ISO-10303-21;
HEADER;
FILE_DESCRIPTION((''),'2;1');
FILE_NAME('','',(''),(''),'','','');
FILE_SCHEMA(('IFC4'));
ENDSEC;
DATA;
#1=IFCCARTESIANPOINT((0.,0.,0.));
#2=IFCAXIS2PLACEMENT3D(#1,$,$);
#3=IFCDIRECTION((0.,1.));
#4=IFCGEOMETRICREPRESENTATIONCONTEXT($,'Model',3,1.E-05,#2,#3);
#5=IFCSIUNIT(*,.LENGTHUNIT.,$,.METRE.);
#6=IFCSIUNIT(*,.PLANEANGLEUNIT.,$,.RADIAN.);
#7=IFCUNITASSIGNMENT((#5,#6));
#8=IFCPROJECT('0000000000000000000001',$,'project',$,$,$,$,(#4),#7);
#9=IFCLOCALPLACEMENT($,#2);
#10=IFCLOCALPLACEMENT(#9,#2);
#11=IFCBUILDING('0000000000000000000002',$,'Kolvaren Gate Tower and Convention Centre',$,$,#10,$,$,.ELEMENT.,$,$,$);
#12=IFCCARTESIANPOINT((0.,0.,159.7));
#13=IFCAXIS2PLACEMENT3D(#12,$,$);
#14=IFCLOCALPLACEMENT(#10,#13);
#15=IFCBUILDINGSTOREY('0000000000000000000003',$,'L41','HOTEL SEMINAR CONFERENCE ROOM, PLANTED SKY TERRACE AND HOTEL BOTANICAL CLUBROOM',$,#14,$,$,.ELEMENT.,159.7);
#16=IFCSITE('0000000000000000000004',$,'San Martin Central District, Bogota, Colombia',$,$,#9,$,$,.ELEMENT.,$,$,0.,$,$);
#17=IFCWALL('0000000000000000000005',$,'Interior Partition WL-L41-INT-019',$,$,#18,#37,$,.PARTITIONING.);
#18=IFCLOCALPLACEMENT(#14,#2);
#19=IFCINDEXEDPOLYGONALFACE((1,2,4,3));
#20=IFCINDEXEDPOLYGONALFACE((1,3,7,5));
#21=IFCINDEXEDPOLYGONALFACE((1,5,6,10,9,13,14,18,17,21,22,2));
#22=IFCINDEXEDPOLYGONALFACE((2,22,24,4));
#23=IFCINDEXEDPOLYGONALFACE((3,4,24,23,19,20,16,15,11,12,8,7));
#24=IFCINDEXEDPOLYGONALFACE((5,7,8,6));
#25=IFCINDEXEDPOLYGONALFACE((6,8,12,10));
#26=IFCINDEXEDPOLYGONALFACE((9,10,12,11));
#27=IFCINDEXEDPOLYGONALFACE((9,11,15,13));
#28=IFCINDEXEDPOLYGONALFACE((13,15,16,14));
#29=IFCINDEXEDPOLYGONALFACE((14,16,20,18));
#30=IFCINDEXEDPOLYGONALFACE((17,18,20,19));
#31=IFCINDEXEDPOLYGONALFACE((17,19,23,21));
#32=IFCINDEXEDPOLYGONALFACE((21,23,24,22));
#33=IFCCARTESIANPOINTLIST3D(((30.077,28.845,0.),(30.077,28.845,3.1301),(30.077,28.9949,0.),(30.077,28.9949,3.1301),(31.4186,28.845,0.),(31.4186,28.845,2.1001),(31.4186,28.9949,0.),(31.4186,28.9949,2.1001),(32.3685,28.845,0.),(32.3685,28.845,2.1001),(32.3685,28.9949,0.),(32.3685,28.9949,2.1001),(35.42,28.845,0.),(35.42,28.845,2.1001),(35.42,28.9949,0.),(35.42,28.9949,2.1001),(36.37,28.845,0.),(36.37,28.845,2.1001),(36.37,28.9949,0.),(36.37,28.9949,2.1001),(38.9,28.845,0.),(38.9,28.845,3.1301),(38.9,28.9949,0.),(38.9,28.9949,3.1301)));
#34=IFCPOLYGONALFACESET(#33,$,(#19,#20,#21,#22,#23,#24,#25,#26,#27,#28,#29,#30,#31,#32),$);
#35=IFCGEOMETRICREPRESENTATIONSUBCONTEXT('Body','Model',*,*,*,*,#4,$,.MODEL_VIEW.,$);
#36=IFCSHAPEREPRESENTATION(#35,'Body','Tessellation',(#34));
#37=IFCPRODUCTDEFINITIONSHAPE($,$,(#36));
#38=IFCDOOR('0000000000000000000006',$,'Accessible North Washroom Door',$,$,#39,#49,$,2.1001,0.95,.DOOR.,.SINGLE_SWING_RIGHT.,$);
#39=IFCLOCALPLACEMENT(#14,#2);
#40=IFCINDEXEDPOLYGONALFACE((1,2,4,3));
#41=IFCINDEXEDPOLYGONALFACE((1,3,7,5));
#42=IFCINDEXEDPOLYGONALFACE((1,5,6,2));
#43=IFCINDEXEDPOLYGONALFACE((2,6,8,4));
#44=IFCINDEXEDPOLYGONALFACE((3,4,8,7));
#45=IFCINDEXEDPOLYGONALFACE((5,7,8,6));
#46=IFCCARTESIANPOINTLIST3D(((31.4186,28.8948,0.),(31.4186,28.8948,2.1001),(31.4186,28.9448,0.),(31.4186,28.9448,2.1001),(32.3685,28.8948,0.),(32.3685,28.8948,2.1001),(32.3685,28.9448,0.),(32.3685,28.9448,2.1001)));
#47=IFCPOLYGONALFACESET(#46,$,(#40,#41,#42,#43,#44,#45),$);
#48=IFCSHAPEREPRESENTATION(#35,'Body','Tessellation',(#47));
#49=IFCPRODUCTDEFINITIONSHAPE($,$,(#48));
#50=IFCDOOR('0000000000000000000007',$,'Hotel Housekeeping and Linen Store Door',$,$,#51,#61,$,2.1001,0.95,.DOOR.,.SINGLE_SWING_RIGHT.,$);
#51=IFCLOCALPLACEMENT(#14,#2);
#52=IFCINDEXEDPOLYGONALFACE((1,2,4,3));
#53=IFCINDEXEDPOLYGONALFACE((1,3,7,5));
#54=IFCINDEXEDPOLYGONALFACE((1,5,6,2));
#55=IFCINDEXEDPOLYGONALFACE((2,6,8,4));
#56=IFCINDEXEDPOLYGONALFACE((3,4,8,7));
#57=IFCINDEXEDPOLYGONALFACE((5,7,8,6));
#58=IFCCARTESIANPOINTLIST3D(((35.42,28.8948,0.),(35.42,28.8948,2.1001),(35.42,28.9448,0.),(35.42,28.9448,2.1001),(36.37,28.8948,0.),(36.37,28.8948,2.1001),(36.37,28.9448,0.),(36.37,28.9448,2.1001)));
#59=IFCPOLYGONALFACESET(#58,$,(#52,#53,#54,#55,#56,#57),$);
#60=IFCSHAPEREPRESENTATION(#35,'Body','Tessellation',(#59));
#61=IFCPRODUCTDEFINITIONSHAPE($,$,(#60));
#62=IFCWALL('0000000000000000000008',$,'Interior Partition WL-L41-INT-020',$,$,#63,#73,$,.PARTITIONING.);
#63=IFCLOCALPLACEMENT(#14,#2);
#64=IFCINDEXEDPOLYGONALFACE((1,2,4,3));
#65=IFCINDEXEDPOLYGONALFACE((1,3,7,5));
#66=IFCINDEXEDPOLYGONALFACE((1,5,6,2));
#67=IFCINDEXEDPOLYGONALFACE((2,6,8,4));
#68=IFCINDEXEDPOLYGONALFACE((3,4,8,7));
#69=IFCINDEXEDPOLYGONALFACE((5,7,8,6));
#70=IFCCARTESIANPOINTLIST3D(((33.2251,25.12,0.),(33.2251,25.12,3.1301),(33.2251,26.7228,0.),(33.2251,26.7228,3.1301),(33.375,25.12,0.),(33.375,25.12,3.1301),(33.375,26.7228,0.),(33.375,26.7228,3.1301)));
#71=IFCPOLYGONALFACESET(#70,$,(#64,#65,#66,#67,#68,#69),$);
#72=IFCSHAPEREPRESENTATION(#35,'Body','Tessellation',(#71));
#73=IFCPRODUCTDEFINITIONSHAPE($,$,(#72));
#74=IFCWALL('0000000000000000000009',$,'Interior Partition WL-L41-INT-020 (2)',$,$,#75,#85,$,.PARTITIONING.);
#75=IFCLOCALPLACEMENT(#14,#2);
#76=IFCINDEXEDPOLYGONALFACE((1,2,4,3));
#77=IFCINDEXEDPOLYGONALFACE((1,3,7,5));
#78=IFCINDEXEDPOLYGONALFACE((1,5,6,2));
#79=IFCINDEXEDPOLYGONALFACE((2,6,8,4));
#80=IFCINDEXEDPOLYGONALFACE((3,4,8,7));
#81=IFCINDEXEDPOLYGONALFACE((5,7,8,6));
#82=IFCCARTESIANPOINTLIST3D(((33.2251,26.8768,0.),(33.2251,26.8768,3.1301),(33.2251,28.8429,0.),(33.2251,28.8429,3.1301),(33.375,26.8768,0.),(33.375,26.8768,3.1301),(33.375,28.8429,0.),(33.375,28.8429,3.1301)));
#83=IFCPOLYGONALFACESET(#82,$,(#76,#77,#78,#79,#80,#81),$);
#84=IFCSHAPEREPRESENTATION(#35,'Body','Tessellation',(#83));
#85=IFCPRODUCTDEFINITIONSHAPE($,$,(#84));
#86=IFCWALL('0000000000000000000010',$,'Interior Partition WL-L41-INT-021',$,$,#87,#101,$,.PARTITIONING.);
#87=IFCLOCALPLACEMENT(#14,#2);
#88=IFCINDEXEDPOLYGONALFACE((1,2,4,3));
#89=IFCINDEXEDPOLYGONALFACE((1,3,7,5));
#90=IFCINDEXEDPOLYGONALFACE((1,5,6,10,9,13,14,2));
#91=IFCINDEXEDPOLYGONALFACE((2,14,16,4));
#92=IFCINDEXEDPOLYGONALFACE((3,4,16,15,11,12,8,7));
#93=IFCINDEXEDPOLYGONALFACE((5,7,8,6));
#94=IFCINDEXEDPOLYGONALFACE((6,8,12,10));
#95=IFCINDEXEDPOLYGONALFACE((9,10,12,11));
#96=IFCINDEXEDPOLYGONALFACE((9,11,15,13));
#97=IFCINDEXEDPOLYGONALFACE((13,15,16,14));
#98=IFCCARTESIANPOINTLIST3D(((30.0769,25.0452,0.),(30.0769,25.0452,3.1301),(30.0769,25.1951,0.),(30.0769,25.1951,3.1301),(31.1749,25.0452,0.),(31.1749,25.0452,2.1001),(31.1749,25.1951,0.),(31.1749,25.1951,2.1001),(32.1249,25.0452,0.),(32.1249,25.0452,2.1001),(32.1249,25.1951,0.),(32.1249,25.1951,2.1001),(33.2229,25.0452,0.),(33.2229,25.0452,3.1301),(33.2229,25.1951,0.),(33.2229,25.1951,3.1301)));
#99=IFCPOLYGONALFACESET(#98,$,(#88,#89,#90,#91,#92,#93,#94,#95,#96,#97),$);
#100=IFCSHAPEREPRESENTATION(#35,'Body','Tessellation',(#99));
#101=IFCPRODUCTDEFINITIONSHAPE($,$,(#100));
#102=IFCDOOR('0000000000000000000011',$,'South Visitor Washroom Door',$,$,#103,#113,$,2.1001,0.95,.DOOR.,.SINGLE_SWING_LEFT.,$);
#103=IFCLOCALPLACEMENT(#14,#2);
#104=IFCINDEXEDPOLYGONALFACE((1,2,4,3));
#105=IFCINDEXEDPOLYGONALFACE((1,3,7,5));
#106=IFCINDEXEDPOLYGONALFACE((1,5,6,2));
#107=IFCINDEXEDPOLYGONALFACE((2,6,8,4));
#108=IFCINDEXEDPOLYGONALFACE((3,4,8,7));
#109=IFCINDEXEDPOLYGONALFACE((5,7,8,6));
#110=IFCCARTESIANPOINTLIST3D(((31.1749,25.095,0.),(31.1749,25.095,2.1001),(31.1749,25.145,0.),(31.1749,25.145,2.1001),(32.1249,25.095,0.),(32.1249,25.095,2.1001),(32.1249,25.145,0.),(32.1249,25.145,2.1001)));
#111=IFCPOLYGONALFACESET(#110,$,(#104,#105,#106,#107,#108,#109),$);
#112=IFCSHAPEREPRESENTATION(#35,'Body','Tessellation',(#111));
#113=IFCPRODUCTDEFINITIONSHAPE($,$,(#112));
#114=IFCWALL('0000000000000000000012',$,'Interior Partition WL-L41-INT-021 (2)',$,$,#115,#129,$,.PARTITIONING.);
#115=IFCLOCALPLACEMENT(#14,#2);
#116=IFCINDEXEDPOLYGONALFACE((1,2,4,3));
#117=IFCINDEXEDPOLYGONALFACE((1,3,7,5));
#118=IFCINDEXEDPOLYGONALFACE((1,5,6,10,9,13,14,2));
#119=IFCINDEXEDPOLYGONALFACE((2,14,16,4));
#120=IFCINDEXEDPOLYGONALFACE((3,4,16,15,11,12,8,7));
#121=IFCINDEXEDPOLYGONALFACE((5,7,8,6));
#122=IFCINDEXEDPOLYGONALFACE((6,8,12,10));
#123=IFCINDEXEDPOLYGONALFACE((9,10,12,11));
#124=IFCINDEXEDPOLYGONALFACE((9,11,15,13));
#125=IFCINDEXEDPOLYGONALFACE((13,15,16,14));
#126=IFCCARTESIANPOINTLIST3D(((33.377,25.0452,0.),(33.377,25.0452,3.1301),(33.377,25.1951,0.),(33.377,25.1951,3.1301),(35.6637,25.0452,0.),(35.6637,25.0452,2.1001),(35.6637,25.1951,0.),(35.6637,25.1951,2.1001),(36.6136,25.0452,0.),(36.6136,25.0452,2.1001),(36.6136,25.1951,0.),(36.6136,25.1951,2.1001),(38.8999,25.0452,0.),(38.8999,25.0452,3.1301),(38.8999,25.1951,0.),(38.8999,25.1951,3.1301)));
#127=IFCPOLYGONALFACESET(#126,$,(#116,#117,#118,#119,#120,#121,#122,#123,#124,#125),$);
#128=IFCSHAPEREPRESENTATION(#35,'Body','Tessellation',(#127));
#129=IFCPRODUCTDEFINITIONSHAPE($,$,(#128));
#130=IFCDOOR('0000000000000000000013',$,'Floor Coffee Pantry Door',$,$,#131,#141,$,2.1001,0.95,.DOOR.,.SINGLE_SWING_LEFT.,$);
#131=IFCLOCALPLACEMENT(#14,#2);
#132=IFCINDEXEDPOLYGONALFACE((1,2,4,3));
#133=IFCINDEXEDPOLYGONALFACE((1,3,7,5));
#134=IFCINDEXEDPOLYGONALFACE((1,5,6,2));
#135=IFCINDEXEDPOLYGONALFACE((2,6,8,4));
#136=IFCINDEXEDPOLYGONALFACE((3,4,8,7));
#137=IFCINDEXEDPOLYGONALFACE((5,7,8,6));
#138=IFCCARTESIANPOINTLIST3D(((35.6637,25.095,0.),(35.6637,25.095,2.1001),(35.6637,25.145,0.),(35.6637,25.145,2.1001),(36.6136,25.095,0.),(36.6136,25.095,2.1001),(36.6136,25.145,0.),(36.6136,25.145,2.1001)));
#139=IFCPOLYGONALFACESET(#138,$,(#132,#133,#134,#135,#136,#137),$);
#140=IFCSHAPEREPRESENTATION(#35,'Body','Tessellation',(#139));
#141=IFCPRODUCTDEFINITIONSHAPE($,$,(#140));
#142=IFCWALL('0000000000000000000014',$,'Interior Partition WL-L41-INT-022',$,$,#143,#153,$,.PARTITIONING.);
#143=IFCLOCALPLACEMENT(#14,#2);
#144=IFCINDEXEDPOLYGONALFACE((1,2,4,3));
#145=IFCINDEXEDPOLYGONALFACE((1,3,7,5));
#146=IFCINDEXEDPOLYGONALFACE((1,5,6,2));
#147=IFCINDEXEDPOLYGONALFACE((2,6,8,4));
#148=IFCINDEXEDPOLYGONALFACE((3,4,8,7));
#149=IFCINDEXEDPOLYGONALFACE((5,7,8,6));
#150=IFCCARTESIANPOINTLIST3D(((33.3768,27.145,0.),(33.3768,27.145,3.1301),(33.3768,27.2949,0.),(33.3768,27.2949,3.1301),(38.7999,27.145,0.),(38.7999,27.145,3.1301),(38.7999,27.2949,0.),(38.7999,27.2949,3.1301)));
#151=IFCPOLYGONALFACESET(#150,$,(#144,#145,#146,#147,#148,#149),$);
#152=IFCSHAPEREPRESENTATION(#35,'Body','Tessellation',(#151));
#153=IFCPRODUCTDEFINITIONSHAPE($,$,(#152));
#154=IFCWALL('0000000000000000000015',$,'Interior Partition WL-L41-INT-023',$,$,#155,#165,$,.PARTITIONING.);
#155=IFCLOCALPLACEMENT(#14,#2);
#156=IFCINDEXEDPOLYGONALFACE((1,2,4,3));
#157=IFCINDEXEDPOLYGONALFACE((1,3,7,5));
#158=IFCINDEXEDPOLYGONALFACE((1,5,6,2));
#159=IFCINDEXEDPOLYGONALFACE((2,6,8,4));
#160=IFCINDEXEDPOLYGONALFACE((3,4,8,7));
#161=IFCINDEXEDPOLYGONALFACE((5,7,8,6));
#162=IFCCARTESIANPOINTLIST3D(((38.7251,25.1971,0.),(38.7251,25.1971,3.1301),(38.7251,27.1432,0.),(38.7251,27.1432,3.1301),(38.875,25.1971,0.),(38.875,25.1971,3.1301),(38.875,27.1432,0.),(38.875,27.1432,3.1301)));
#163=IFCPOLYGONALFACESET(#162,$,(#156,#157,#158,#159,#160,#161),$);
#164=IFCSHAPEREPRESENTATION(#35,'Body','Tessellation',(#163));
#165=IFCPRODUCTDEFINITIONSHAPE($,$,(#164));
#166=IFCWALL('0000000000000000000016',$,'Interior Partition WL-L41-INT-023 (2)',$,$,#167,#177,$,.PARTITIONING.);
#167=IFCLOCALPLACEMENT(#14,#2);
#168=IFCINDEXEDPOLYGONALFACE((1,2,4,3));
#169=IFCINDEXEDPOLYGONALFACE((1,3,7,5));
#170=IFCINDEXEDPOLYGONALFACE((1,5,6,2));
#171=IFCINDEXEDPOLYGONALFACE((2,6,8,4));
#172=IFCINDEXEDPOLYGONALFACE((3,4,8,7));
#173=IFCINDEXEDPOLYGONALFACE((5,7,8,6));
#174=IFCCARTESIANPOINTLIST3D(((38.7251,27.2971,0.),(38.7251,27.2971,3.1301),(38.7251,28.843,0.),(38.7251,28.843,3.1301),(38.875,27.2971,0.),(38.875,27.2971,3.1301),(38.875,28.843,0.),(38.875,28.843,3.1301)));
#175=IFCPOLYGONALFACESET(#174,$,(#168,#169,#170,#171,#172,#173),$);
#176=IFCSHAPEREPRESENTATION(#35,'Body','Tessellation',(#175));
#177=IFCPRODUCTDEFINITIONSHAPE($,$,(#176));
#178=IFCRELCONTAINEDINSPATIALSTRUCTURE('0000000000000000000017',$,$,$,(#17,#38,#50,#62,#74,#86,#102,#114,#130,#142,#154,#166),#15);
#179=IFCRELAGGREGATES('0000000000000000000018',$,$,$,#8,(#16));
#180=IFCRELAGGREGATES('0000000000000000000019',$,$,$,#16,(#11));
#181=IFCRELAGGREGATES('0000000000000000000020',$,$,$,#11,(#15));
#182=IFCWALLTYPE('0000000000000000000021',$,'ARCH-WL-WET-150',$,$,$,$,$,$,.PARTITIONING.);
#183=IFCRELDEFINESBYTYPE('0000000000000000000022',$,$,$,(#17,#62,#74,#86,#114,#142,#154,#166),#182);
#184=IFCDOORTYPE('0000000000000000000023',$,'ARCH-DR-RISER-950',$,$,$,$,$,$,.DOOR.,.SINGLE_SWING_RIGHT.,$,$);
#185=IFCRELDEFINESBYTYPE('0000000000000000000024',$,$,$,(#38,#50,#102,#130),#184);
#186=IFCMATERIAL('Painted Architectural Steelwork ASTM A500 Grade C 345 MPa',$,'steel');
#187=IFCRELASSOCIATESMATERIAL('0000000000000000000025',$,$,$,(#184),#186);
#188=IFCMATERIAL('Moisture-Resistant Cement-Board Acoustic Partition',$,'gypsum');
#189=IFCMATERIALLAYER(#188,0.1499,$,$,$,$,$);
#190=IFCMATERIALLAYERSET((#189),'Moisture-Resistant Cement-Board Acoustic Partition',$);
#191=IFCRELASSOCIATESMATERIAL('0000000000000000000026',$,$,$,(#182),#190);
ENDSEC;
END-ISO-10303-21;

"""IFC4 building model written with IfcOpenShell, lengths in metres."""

from ifc_helpers import new_model, si_unit, direction, frame, frame_2d, origin, place, context, subcontext, project, spatial, rectangle, extrude, material, layer, layer_set, type_object, element, fill, save


model = new_model("IFC4")

# Units and contexts
model_context = context("Model", 3, precision=1e-05, world=origin(), true_north=direction((0.0, 1.0)))
body_context = subcontext(model_context, "Body", "Model", "MODEL_VIEW")
ifc_project = project(units=[si_unit("LENGTHUNIT", "METRE"), si_unit("PLANEANGLEUNIT", "RADIAN")], contexts=[model_context])

# Site, building, storey
site_placement = place(None, origin())
site = spatial("IfcSite", under=ifc_project, at=site_placement, Name="San Martin Central District, Bogota, Colombia", CompositionType="ELEMENT", RefElevation=0.0)
building_placement = place(site_placement, origin())
building = spatial("IfcBuilding", under=site, at=building_placement, Name="Kolvaren Gate Tower and Convention Centre", CompositionType="ELEMENT")
storey_placement = place(building_placement, frame((0.0, 0.0, 159.7)))
storey = spatial("IfcBuildingStorey", under=building, at=storey_placement, Name="L41", Description="HOTEL SEMINAR CONFERENCE ROOM, PLANTED SKY TERRACE AND HOTEL BOTANICAL CLUBROOM", CompositionType="ELEMENT", Elevation=159.7)

# Shared definitions
ifc_material_1 = material(Name="Painted Architectural Steelwork ASTM A500 Grade C 345 MPa", Category="steel")
door_type = type_object("IfcDoorType", Name="ARCH-DR-RISER-950", OperationType="SINGLE_SWING_RIGHT", PredefinedType="DOOR", material=ifc_material_1)

# Shared definitions
ifc_material_2 = material(Name="Moisture-Resistant Cement-Board Acoustic Partition", Category="gypsum")
ifc_layer_1 = layer(ifc_material_2, 0.1499)
ifc_layer_set_1 = layer_set([ifc_layer_1], Name="Moisture-Resistant Cement-Board Acoustic Partition")
wall_type_1 = type_object("IfcWallType", Name="ARCH-WL-WET-150", PredefinedType="PARTITIONING", material=ifc_layer_set_1)

# Wall, openings, doors
wall_1_placement = place(storey_placement, frame((30.0769, 28.9199, 0.0), z_axis=(0.0, 0.0, 1.0), x_axis=(1.0, 0.0, 0.0)))
wall_1 = element("IfcWall", 1, at=wall_1_placement, inside=storey, type_object=wall_type_1, Name="Interior Partition WL-L41-INT-019", PredefinedType="PARTITIONING", context=body_context, shape_type="SweptSolid", body=[
    extrude(rectangle(XDim=8.823, YDim=0.1499, at=frame_2d((4.4116, 0.0))), origin(), (0.0, 0.0, 1.0), 3.1301),
])
opening_1_placement = place(wall_1_placement, frame((1.3416, 0.0, 0.0)))
opening_1 = element("IfcOpeningElement", 2, at=opening_1_placement, cuts=wall_1, PredefinedType="OPENING", context=body_context, shape_type="SweptSolid", body=[
    extrude(rectangle(XDim=0.95, YDim=2.1001, at=frame_2d((0.4751, 1.05))), frame((0.0, 0.085, 0.0), z_axis=(0.0, -1.0, 0.0), x_axis=(1.0, 0.0, 0.0)), (0.0, 0.0, 1.0), 0.1699),
])
opening_2_placement = place(wall_1_placement, frame((5.343, 0.0, 0.0)))
opening_2 = element("IfcOpeningElement", 3, at=opening_2_placement, cuts=wall_1, PredefinedType="OPENING", context=body_context, shape_type="SweptSolid", body=[
    extrude(rectangle(XDim=0.95, YDim=2.1001, at=frame_2d((0.4751, 1.05))), frame((0.0, 0.085, 0.0), z_axis=(0.0, -1.0, 0.0), x_axis=(1.0, 0.0, 0.0)), (0.0, 0.0, 1.0), 0.1699),
])
door_1_placement = place(opening_1_placement, origin())
door_1 = element("IfcDoor", 4, at=door_1_placement, inside=storey, type_object=door_type, Name="Accessible North Washroom Door", OperationType="SINGLE_SWING_RIGHT", OverallHeight=2.1001, OverallWidth=0.95, PredefinedType="DOOR", context=body_context, shape_type="SweptSolid", body=[
    extrude(rectangle(XDim=0.95, YDim=2.1001, at=frame_2d((0.4751, 1.05))), frame((0.0, 0.0249, 0.0), z_axis=(0.0, -1.0, 0.0), x_axis=(1.0, 0.0, 0.0)), (0.0, 0.0, 1.0), 0.05),
])
fill(opening_1, door_1)
door_2_placement = place(opening_2_placement, origin())
door_2 = element("IfcDoor", 5, at=door_2_placement, inside=storey, type_object=door_type, Name="Hotel Housekeeping and Linen Store Door", OperationType="SINGLE_SWING_RIGHT", OverallHeight=2.1001, OverallWidth=0.95, PredefinedType="DOOR", context=body_context, shape_type="SweptSolid", body=[
    extrude(rectangle(XDim=0.95, YDim=2.1001, at=frame_2d((0.4751, 1.05))), frame((0.0, 0.0249, 0.0), z_axis=(0.0, -1.0, 0.0), x_axis=(1.0, 0.0, 0.0)), (0.0, 0.0, 1.0), 0.05),
])
fill(opening_2, door_2)

# Walls
wall_2_placement = place(storey_placement, frame((33.3, 25.1201, 0.0), z_axis=(0.0, 0.0, 1.0), x_axis=(0.0, 1.0, 0.0)))
element("IfcWall", 6, at=wall_2_placement, inside=storey, type_object=wall_type_1, Name="Interior Partition WL-L41-INT-020", PredefinedType="PARTITIONING", context=body_context, shape_type="SweptSolid", body=[
    extrude(rectangle(XDim=1.6028, YDim=0.1499, at=frame_2d((0.8013, 0.0))), origin(), (0.0, 0.0, 1.0), 3.1301),
])
wall_3_placement = place(storey_placement, frame((33.3, 26.877, 0.0), z_axis=(0.0, 0.0, 1.0), x_axis=(0.0, 1.0, 0.0)))
element("IfcWall", 7, at=wall_3_placement, inside=storey, type_object=wall_type_1, Name="Interior Partition WL-L41-INT-020 (2)", PredefinedType="PARTITIONING", context=body_context, shape_type="SweptSolid", body=[
    extrude(rectangle(XDim=1.9661, YDim=0.1499, at=frame_2d((0.9829, 0.0))), origin(), (0.0, 0.0, 1.0), 3.1301),
])

# Walls, openings, doors
wall_4_placement = place(storey_placement, frame((30.0769, 25.1201, 0.0), z_axis=(0.0, 0.0, 1.0), x_axis=(1.0, 0.0, 0.0)))
wall_4 = element("IfcWall", 8, at=wall_4_placement, inside=storey, type_object=wall_type_1, Name="Interior Partition WL-L41-INT-021", PredefinedType="PARTITIONING", context=body_context, shape_type="SweptSolid", body=[
    extrude(rectangle(XDim=3.146, YDim=0.1499, at=frame_2d((1.573, 0.0))), origin(), (0.0, 0.0, 1.0), 3.1301),
])
opening_3_placement = place(wall_4_placement, frame((1.0979, 0.0, 0.0)))
opening_3 = element("IfcOpeningElement", 9, at=opening_3_placement, cuts=wall_4, PredefinedType="OPENING", context=body_context, shape_type="SweptSolid", body=[
    extrude(rectangle(XDim=0.95, YDim=2.1001, at=frame_2d((0.4751, 1.05))), frame((0.0, 0.085, 0.0), z_axis=(0.0, -1.0, 0.0), x_axis=(1.0, 0.0, 0.0)), (0.0, 0.0, 1.0), 0.1699),
])
door_3_placement = place(opening_3_placement, origin())
door_3 = element("IfcDoor", 10, at=door_3_placement, inside=storey, type_object=door_type, Name="South Visitor Washroom Door", OperationType="SINGLE_SWING_LEFT", OverallHeight=2.1001, OverallWidth=0.95, PredefinedType="DOOR", context=body_context, shape_type="SweptSolid", body=[
    extrude(rectangle(XDim=0.95, YDim=2.1001, at=frame_2d((0.4751, 1.05))), frame((0.0, 0.0249, 0.0), z_axis=(0.0, -1.0, 0.0), x_axis=(1.0, 0.0, 0.0)), (0.0, 0.0, 1.0), 0.05),
])
fill(opening_3, door_3)
wall_5_placement = place(storey_placement, frame((33.377, 25.1201, 0.0), z_axis=(0.0, 0.0, 1.0), x_axis=(1.0, 0.0, 0.0)))
wall_5 = element("IfcWall", 11, at=wall_5_placement, inside=storey, type_object=wall_type_1, Name="Interior Partition WL-L41-INT-021 (2)", PredefinedType="PARTITIONING", context=body_context, shape_type="SweptSolid", body=[
    extrude(rectangle(XDim=5.5229, YDim=0.1499, at=frame_2d((2.7615, 0.0))), origin(), (0.0, 0.0, 1.0), 3.1301),
])
opening_4_placement = place(wall_5_placement, frame((2.2866, 0.0, 0.0)))
opening_4 = element("IfcOpeningElement", 12, at=opening_4_placement, cuts=wall_5, PredefinedType="OPENING", context=body_context, shape_type="SweptSolid", body=[
    extrude(rectangle(XDim=0.95, YDim=2.1001, at=frame_2d((0.4751, 1.05))), frame((0.0, 0.085, 0.0), z_axis=(0.0, -1.0, 0.0), x_axis=(1.0, 0.0, 0.0)), (0.0, 0.0, 1.0), 0.1699),
])
door_4_placement = place(opening_4_placement, origin())
door_4 = element("IfcDoor", 13, at=door_4_placement, inside=storey, type_object=door_type, Name="Floor Coffee Pantry Door", OperationType="SINGLE_SWING_LEFT", OverallHeight=2.1001, OverallWidth=0.95, PredefinedType="DOOR", context=body_context, shape_type="SweptSolid", body=[
    extrude(rectangle(XDim=0.95, YDim=2.1001, at=frame_2d((0.4751, 1.05))), frame((0.0, 0.0249, 0.0), z_axis=(0.0, -1.0, 0.0), x_axis=(1.0, 0.0, 0.0)), (0.0, 0.0, 1.0), 0.05),
])
fill(opening_4, door_4)

# Walls
wall_6_placement = place(storey_placement, frame((33.377, 27.22, 0.0), z_axis=(0.0, 0.0, 1.0), x_axis=(1.0, 0.0, 0.0)))
element("IfcWall", 14, at=wall_6_placement, inside=storey, type_object=wall_type_1, Name="Interior Partition WL-L41-INT-022", PredefinedType="PARTITIONING", context=body_context, shape_type="SweptSolid", body=[
    extrude(rectangle(XDim=5.4231, YDim=0.1499, at=frame_2d((2.7114, 0.0))), origin(), (0.0, 0.0, 1.0), 3.1301),
])
wall_7_placement = place(storey_placement, frame((38.8, 25.197, 0.0), z_axis=(0.0, 0.0, 1.0), x_axis=(0.0, 1.0, 0.0)))
element("IfcWall", 15, at=wall_7_placement, inside=storey, type_object=wall_type_1, Name="Interior Partition WL-L41-INT-023", PredefinedType="PARTITIONING", context=body_context, shape_type="SweptSolid", body=[
    extrude(rectangle(XDim=1.946, YDim=0.1499, at=frame_2d((0.9731, 0.0))), origin(), (0.0, 0.0, 1.0), 3.1301),
])
wall_8_placement = place(storey_placement, frame((38.8, 27.2971, 0.0), z_axis=(0.0, 0.0, 1.0), x_axis=(0.0, 1.0, 0.0)))
element("IfcWall", 16, at=wall_8_placement, inside=storey, type_object=wall_type_1, Name="Interior Partition WL-L41-INT-023 (2)", PredefinedType="PARTITIONING", context=body_context, shape_type="SweptSolid", body=[
    extrude(rectangle(XDim=1.5459, YDim=0.1499, at=frame_2d((0.7729, 0.0))), origin(), (0.0, 0.0, 1.0), 3.1301),
])

save(model, "model.ifc")
